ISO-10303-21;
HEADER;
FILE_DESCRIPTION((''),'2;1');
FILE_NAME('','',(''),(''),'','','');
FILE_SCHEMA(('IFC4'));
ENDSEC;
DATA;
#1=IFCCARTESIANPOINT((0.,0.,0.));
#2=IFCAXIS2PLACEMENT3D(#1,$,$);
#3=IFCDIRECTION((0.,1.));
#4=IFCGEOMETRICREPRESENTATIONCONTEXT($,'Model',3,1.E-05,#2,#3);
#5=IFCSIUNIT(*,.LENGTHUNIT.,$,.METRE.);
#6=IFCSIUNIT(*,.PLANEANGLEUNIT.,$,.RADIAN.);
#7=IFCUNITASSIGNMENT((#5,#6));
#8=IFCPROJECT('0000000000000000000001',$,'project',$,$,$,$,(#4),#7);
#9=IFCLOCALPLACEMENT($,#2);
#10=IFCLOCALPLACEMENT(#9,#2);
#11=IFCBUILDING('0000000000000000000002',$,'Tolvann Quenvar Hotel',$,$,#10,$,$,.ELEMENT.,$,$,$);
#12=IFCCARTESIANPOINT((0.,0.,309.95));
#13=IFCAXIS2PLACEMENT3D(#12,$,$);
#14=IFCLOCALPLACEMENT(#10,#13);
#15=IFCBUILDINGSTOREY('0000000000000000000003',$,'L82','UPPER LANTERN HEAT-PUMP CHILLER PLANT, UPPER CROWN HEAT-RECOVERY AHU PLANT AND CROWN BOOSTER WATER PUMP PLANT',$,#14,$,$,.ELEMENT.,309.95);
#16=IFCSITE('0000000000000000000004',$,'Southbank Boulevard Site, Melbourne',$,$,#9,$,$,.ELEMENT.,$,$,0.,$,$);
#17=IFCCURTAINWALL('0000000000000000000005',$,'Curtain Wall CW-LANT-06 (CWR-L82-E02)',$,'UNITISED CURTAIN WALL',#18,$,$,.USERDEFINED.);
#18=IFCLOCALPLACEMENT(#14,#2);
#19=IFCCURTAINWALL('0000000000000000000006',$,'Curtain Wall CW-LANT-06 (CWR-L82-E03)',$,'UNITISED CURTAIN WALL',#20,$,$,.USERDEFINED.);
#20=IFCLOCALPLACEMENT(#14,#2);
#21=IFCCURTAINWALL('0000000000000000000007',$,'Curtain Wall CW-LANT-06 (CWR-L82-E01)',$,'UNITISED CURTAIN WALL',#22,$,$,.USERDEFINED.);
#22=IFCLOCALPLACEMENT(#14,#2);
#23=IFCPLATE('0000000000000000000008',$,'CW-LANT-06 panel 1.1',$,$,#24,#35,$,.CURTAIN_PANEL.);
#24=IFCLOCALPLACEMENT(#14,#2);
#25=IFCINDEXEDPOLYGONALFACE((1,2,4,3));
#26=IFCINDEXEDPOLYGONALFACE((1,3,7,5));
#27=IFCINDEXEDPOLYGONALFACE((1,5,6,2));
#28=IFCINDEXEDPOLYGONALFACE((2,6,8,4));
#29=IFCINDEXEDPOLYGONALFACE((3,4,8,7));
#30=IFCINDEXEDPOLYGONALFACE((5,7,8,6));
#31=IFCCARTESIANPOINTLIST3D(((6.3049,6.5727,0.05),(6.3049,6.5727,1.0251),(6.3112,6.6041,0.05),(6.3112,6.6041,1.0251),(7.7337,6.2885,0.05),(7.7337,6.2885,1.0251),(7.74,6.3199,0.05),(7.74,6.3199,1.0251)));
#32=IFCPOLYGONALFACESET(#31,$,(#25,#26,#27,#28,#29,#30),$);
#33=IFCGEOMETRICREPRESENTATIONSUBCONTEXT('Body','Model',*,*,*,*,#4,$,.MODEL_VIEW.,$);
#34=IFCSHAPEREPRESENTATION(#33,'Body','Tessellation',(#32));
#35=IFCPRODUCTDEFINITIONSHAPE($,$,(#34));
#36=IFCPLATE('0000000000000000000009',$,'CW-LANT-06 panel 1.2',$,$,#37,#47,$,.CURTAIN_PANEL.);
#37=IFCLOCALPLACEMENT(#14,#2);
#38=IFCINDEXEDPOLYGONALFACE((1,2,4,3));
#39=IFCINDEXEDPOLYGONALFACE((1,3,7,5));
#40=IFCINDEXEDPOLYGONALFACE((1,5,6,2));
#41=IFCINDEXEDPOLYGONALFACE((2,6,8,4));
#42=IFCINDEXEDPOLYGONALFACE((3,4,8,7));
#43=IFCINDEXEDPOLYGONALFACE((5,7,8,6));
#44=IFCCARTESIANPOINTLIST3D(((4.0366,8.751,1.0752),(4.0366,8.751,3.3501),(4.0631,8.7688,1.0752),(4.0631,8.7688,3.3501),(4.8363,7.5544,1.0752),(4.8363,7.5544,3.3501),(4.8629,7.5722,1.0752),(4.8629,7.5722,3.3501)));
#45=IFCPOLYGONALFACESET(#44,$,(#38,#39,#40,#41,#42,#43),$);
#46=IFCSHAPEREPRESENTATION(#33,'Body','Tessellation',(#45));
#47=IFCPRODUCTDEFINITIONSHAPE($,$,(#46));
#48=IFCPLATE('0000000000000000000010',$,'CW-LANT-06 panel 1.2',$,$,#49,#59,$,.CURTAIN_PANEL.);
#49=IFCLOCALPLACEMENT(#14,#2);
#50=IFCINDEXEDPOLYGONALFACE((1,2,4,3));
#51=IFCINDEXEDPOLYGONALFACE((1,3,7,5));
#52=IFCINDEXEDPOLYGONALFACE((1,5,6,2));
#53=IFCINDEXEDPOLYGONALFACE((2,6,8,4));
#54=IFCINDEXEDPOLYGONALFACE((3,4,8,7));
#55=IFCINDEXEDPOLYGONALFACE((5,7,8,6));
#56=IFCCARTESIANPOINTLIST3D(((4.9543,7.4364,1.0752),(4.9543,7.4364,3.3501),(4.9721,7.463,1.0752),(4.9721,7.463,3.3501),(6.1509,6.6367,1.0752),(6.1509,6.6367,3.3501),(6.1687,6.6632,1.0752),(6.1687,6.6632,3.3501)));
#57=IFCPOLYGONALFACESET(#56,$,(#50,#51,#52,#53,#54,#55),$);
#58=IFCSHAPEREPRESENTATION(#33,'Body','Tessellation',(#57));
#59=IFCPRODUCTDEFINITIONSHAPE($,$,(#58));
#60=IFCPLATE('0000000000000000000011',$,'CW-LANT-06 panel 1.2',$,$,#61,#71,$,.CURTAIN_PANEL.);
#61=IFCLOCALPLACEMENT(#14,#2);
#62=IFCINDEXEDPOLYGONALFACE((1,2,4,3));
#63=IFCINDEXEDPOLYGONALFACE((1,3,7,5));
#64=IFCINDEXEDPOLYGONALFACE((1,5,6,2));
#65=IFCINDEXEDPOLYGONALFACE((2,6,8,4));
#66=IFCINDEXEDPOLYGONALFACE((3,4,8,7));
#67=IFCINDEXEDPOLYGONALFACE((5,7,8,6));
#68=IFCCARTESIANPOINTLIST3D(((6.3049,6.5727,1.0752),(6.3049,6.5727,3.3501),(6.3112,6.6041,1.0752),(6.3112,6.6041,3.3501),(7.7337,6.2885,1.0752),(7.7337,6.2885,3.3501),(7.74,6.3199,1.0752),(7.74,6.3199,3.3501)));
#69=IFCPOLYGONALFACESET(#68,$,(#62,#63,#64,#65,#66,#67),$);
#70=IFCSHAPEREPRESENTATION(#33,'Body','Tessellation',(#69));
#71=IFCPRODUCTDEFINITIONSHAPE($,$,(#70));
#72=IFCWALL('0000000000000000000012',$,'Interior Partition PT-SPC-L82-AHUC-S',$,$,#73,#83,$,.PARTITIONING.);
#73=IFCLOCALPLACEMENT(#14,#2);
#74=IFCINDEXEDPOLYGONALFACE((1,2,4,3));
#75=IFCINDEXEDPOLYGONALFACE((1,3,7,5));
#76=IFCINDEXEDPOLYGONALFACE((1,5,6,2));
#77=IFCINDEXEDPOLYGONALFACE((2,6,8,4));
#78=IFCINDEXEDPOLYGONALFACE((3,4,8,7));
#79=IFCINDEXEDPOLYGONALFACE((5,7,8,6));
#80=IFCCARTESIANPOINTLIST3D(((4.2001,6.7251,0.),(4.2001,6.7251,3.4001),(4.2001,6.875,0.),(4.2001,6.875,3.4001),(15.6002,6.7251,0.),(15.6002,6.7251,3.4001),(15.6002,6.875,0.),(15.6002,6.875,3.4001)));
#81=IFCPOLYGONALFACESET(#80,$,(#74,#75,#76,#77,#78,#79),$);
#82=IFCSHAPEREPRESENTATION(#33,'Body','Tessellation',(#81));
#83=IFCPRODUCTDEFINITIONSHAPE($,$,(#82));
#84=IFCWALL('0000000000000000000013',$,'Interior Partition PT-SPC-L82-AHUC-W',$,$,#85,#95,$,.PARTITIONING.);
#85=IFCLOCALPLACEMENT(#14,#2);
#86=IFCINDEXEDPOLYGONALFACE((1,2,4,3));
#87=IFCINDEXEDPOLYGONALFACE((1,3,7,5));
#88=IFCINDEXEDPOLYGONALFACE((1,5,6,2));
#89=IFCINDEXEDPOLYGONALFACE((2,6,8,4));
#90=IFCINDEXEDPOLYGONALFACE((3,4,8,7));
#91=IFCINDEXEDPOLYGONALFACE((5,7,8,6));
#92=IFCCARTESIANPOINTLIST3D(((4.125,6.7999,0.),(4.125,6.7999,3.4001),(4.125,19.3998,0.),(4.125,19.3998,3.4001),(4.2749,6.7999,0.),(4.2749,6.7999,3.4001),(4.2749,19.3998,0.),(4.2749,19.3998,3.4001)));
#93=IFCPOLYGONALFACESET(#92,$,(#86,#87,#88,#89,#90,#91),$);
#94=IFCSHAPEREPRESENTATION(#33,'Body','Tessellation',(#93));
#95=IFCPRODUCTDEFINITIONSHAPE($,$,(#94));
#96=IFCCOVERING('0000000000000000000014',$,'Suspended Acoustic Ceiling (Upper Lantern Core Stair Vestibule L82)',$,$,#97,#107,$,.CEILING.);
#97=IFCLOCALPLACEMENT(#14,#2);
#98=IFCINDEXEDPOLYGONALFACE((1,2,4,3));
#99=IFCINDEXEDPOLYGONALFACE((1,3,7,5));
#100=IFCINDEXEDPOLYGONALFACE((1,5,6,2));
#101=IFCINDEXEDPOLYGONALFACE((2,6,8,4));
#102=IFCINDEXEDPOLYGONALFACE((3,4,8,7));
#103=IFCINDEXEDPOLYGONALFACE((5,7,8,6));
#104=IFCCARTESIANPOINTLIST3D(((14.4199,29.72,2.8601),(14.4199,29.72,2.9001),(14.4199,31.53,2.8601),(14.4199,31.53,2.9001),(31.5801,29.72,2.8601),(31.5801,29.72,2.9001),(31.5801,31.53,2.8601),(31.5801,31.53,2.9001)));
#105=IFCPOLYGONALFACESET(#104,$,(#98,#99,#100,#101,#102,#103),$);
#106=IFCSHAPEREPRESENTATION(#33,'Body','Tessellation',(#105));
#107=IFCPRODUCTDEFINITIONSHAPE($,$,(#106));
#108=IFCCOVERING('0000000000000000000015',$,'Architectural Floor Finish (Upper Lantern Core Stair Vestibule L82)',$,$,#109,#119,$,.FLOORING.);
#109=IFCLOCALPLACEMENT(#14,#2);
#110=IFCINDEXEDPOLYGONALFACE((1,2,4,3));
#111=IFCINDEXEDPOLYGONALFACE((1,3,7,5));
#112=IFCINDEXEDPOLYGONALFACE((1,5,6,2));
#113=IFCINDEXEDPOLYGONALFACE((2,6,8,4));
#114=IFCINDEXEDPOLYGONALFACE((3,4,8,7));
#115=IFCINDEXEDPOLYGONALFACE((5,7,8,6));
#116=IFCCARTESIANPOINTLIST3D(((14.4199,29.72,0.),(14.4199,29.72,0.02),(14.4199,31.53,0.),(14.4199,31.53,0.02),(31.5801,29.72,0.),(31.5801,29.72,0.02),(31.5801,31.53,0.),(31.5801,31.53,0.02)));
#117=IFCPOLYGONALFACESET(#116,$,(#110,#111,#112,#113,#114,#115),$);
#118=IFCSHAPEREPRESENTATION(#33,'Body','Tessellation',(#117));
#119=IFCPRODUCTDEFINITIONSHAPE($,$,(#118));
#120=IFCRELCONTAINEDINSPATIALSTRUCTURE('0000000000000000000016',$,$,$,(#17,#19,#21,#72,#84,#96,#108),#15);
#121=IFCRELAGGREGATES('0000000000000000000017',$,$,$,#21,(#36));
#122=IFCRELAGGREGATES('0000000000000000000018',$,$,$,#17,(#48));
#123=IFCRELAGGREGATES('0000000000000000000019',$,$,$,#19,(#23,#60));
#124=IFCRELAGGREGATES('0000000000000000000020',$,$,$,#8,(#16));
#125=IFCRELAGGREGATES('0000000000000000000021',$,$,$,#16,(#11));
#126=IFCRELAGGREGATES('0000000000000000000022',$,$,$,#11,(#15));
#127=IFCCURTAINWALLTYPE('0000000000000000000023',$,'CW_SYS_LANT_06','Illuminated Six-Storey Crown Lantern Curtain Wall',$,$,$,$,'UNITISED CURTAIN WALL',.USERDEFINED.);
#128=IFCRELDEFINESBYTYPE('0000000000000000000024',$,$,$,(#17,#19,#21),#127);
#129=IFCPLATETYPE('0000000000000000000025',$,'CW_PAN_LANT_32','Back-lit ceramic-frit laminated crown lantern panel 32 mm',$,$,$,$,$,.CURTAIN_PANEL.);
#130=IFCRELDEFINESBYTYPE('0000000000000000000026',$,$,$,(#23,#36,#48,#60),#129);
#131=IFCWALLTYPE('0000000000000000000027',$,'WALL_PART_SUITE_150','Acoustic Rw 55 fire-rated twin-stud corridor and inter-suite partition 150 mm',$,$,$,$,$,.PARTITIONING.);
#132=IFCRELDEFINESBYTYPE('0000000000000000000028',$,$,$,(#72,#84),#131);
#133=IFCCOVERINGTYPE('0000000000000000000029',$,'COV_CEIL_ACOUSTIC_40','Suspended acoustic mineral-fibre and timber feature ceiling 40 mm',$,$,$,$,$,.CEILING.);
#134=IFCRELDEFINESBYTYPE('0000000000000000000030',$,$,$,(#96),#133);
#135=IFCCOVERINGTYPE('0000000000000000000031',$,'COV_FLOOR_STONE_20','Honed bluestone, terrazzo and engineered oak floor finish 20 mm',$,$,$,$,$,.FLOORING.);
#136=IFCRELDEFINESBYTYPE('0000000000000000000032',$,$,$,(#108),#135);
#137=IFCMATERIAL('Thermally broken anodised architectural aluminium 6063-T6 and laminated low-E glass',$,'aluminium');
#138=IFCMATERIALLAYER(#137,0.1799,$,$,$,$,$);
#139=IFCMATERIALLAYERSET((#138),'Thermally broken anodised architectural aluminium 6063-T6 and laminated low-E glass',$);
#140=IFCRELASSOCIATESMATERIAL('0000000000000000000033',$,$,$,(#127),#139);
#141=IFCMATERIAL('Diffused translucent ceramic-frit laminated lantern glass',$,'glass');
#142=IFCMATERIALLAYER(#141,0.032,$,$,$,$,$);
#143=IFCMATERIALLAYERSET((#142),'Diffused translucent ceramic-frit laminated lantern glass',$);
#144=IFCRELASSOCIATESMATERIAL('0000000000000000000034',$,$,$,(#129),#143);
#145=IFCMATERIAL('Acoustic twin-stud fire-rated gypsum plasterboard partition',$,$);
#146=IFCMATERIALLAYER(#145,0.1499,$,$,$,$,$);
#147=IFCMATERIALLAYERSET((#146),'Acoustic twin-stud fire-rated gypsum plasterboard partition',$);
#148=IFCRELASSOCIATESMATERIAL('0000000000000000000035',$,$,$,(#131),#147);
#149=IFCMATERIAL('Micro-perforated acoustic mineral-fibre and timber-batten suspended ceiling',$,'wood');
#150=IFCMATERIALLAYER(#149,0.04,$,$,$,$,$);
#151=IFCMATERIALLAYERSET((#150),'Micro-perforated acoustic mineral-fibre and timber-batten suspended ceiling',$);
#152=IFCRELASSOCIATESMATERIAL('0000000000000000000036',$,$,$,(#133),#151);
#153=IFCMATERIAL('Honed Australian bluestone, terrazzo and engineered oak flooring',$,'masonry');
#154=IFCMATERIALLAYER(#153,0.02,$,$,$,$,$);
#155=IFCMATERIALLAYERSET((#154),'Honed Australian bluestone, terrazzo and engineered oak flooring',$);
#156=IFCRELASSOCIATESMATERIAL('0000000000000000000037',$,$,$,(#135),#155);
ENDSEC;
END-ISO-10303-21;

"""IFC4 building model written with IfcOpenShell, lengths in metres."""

from ifc_helpers import new_model, si_unit, direction, frame, frame_2d, origin, origin_2d, place, context, subcontext, project, spatial, polyline, rectangle, outline, extrude, source, transform, mapped, material, layer, layer_set, type_object, element, aggregate, save


model = new_model("IFC4")

# Units and contexts
model_context = context("Model", 3, precision=1e-05, world=origin(), true_north=direction((0.0, 1.0)))
body_context = subcontext(model_context, "Body", "Model", "MODEL_VIEW")
ifc_project = project(units=[si_unit("LENGTHUNIT", "METRE"), si_unit("PLANEANGLEUNIT", "RADIAN")], contexts=[model_context])

# Site, building, storey
site_placement = place(None, origin())
site = spatial("IfcSite", under=ifc_project, at=site_placement, Name="Southbank Boulevard Site, Melbourne", CompositionType="ELEMENT", RefElevation=0.0)
building_placement = place(site_placement, origin())
building = spatial("IfcBuilding", under=site, at=building_placement, Name="Tolvann Quenvar Hotel", CompositionType="ELEMENT")
storey_placement = place(building_placement, frame((0.0, 0.0, 309.95)))
storey = spatial("IfcBuildingStorey", under=building, at=storey_placement, Name="L82", Description="UPPER LANTERN HEAT-PUMP CHILLER PLANT, UPPER CROWN HEAT-RECOVERY AHU PLANT AND CROWN BOOSTER WATER PUMP PLANT", CompositionType="ELEMENT", Elevation=309.95)

# Curtain walls
ifc_material_1 = material(Name="Thermally broken anodised architectural aluminium 6063-T6 and laminated low-E glass", Category="aluminium")
ifc_layer_1 = layer(ifc_material_1, 0.1799)
ifc_layer_set_1 = layer_set([ifc_layer_1], Name="Thermally broken anodised architectural aluminium 6063-T6 and laminated low-E glass")
curtain_wall_type = type_object("IfcCurtainWallType", Name="CW_SYS_LANT_06", Description="Illuminated Six-Storey Crown Lantern Curtain Wall", ElementType="UNITISED CURTAIN WALL", PredefinedType="USERDEFINED", material=ifc_layer_set_1)
curtain_wall_1_placement = place(storey_placement, origin())
curtain_wall_1 = element("IfcCurtainWall", 1, at=curtain_wall_1_placement, inside=storey, type_object=curtain_wall_type, Name="Curtain Wall CW-LANT-06 (CWR-L82-E02)", ObjectType="UNITISED CURTAIN WALL", PredefinedType="USERDEFINED")
curtain_wall_2_placement = place(storey_placement, origin())
curtain_wall_2 = element("IfcCurtainWall", 2, at=curtain_wall_2_placement, inside=storey, type_object=curtain_wall_type, Name="Curtain Wall CW-LANT-06 (CWR-L82-E03)", ObjectType="UNITISED CURTAIN WALL", PredefinedType="USERDEFINED")

# Curtain wall
curtain_wall_3_placement = place(storey_placement, origin())
curtain_wall_3 = element("IfcCurtainWall", 3, at=curtain_wall_3_placement, inside=storey, type_object=curtain_wall_type, Name="Curtain Wall CW-LANT-06 (CWR-L82-E01)", ObjectType="UNITISED CURTAIN WALL", PredefinedType="USERDEFINED")

# Plates
ifc_material_2 = material(Name="Diffused translucent ceramic-frit laminated lantern glass", Category="glass")
ifc_layer_2 = layer(ifc_material_2, 0.032)
ifc_layer_set_2 = layer_set([ifc_layer_2], Name="Diffused translucent ceramic-frit laminated lantern glass")
plate_type = type_object("IfcPlateType", Name="CW_PAN_LANT_32", Description="Back-lit ceramic-frit laminated crown lantern panel 32 mm", PredefinedType="CURTAIN_PANEL", material=ifc_layer_set_2)
shared_shape_1 = source(origin(), body_context, "Body", "SweptSolid", [
    extrude(rectangle(XDim=1.4568, YDim=0.032, at=origin_2d()), origin(), (0.0, 0.0, 1.0), 0.9751),
])
plate_1_placement = place(storey_placement, frame((7.0225, 6.4463, 0.05), z_axis=(0.0, 0.0, 1.0), x_axis=(0.980791, -0.195062, 0.0)))
plate_1 = element("IfcPlate", 4, at=plate_1_placement, type_object=plate_type, Name="CW-LANT-06 panel 1.1", PredefinedType="CURTAIN_PANEL", context=body_context, shape_type="MappedRepresentation", body=[
    mapped(shared_shape_1, transform((0.0, 0.0, 0.0), x_axis=(1.0, 0.0, 0.0), y_axis=(0.0, 1.0, 0.0), z_axis=(0.0, 0.0, 1.0), scale=1.0)),
])
shared_shape_2 = source(origin(), body_context, "Body", "SweptSolid", [
    extrude(rectangle(XDim=1.4392, YDim=0.032, at=origin_2d()), origin(), (0.0, 0.0, 1.0), 2.2749),
])
plate_2_placement = place(storey_placement, frame((4.4497, 8.1616, 1.0752), z_axis=(0.0, 0.0, 1.0), x_axis=(0.555656, -0.831412, 0.0)))
plate_2 = element("IfcPlate", 5, at=plate_2_placement, type_object=plate_type, Name="CW-LANT-06 panel 1.2", PredefinedType="CURTAIN_PANEL", context=body_context, shape_type="MappedRepresentation", body=[
    mapped(shared_shape_2, transform((0.0, 0.0, 0.0), x_axis=(1.0, 0.0, 0.0), y_axis=(0.0, 1.0, 0.0), z_axis=(0.0, 0.0, 1.0), scale=1.0)),
])
aggregate(curtain_wall_3, [plate_2])
plate_3_placement = place(storey_placement, frame((5.5615, 7.0498, 1.0752), z_axis=(0.0, 0.0, 1.0), x_axis=(0.831412, -0.555656, 0.0)))
plate_3 = element("IfcPlate", 6, at=plate_3_placement, type_object=plate_type, Name="CW-LANT-06 panel 1.2", PredefinedType="CURTAIN_PANEL", context=body_context, shape_type="MappedRepresentation", body=[
    mapped(shared_shape_2, transform((0.0, 0.0, 0.0), x_axis=(1.0, 0.0, 0.0), y_axis=(0.0, 1.0, 0.0), z_axis=(0.0, 0.0, 1.0), scale=1.0)),
])
aggregate(curtain_wall_1, [plate_3])
shared_shape_3 = source(origin(), body_context, "Body", "SweptSolid", [
    extrude(rectangle(XDim=1.4568, YDim=0.032, at=origin_2d()), origin(), (0.0, 0.0, 1.0), 2.2749),
])
plate_4_placement = place(storey_placement, frame((7.0225, 6.4463, 1.0752), z_axis=(0.0, 0.0, 1.0), x_axis=(0.980791, -0.195062, 0.0)))
plate_4 = element("IfcPlate", 7, at=plate_4_placement, type_object=plate_type, Name="CW-LANT-06 panel 1.2", PredefinedType="CURTAIN_PANEL", context=body_context, shape_type="MappedRepresentation", body=[
    mapped(shared_shape_3, transform((0.0, 0.0, 0.0), x_axis=(1.0, 0.0, 0.0), y_axis=(0.0, 1.0, 0.0), z_axis=(0.0, 0.0, 1.0), scale=1.0)),
])
aggregate(curtain_wall_2, [plate_1, plate_4])

# Walls
ifc_material_3 = material(Name="Acoustic twin-stud fire-rated gypsum plasterboard partition")
ifc_layer_3 = layer(ifc_material_3, 0.1499)
ifc_layer_set_3 = layer_set([ifc_layer_3], Name="Acoustic twin-stud fire-rated gypsum plasterboard partition")
wall_type = type_object("IfcWallType", Name="WALL_PART_SUITE_150", Description="Acoustic Rw 55 fire-rated twin-stud corridor and inter-suite partition 150 mm", PredefinedType="PARTITIONING", material=ifc_layer_set_3)
wall_1_placement = place(storey_placement, frame((4.2, 6.8, 0.0), z_axis=(0.0, 0.0, 1.0), x_axis=(1.0, 0.0, 0.0)))
element("IfcWall", 8, at=wall_1_placement, inside=storey, type_object=wall_type, Name="Interior Partition PT-SPC-L82-AHUC-S", PredefinedType="PARTITIONING", context=body_context, shape_type="SweptSolid", body=[
    extrude(rectangle(XDim=11.4001, YDim=0.1499, at=frame_2d((5.7002, 0.0))), origin(), (0.0, 0.0, 1.0), 3.4001),
])
wall_2_placement = place(storey_placement, frame((4.2, 6.8, 0.0), z_axis=(0.0, 0.0, 1.0), x_axis=(0.0, 1.0, 0.0)))
element("IfcWall", 9, at=wall_2_placement, inside=storey, type_object=wall_type, Name="Interior Partition PT-SPC-L82-AHUC-W", PredefinedType="PARTITIONING", context=body_context, shape_type="SweptSolid", body=[
    extrude(rectangle(XDim=12.5999, YDim=0.1499, at=frame_2d((6.2998, 0.0))), origin(), (0.0, 0.0, 1.0), 3.4001),
])

# Coverings
ifc_material_4 = material(Name="Micro-perforated acoustic mineral-fibre and timber-batten suspended ceiling", Category="wood")
ifc_layer_4 = layer(ifc_material_4, 0.04)
ifc_layer_set_4 = layer_set([ifc_layer_4], Name="Micro-perforated acoustic mineral-fibre and timber-batten suspended ceiling")
covering_type_1 = type_object("IfcCoveringType", Name="COV_CEIL_ACOUSTIC_40", Description="Suspended acoustic mineral-fibre and timber feature ceiling 40 mm", PredefinedType="CEILING", material=ifc_layer_set_4)
covering_1_placement = place(storey_placement, frame((0.0, 0.0, 2.8601)))
element("IfcCovering", 10, at=covering_1_placement, inside=storey, type_object=covering_type_1, Name="Suspended Acoustic Ceiling (Upper Lantern Core Stair Vestibule L82)", PredefinedType="CEILING", context=body_context, shape_type="SweptSolid", body=[
    extrude(outline(polyline([(14.4199, 29.72), (31.5801, 29.72), (31.5801, 31.53), (14.4199, 31.53), (14.4199, 29.72)])), origin(), (0.0, 0.0, 1.0), 0.04),
])
ifc_material_5 = material(Name="Honed Australian bluestone, terrazzo and engineered oak flooring", Category="masonry")
ifc_layer_5 = layer(ifc_material_5, 0.02)
ifc_layer_set_5 = layer_set([ifc_layer_5], Name="Honed Australian bluestone, terrazzo and engineered oak flooring")
covering_type_2 = type_object("IfcCoveringType", Name="COV_FLOOR_STONE_20", Description="Honed bluestone, terrazzo and engineered oak floor finish 20 mm", PredefinedType="FLOORING", material=ifc_layer_set_5)
covering_2_placement = place(storey_placement, origin())
element("IfcCovering", 11, at=covering_2_placement, inside=storey, type_object=covering_type_2, Name="Architectural Floor Finish (Upper Lantern Core Stair Vestibule L82)", PredefinedType="FLOORING", context=body_context, shape_type="SweptSolid", body=[
    extrude(outline(polyline([(14.4199, 29.72), (31.5801, 29.72), (31.5801, 31.53), (14.4199, 31.53), (14.4199, 29.72)])), origin(), (0.0, 0.0, 1.0), 0.02),
])

save(model, "model.ifc")
